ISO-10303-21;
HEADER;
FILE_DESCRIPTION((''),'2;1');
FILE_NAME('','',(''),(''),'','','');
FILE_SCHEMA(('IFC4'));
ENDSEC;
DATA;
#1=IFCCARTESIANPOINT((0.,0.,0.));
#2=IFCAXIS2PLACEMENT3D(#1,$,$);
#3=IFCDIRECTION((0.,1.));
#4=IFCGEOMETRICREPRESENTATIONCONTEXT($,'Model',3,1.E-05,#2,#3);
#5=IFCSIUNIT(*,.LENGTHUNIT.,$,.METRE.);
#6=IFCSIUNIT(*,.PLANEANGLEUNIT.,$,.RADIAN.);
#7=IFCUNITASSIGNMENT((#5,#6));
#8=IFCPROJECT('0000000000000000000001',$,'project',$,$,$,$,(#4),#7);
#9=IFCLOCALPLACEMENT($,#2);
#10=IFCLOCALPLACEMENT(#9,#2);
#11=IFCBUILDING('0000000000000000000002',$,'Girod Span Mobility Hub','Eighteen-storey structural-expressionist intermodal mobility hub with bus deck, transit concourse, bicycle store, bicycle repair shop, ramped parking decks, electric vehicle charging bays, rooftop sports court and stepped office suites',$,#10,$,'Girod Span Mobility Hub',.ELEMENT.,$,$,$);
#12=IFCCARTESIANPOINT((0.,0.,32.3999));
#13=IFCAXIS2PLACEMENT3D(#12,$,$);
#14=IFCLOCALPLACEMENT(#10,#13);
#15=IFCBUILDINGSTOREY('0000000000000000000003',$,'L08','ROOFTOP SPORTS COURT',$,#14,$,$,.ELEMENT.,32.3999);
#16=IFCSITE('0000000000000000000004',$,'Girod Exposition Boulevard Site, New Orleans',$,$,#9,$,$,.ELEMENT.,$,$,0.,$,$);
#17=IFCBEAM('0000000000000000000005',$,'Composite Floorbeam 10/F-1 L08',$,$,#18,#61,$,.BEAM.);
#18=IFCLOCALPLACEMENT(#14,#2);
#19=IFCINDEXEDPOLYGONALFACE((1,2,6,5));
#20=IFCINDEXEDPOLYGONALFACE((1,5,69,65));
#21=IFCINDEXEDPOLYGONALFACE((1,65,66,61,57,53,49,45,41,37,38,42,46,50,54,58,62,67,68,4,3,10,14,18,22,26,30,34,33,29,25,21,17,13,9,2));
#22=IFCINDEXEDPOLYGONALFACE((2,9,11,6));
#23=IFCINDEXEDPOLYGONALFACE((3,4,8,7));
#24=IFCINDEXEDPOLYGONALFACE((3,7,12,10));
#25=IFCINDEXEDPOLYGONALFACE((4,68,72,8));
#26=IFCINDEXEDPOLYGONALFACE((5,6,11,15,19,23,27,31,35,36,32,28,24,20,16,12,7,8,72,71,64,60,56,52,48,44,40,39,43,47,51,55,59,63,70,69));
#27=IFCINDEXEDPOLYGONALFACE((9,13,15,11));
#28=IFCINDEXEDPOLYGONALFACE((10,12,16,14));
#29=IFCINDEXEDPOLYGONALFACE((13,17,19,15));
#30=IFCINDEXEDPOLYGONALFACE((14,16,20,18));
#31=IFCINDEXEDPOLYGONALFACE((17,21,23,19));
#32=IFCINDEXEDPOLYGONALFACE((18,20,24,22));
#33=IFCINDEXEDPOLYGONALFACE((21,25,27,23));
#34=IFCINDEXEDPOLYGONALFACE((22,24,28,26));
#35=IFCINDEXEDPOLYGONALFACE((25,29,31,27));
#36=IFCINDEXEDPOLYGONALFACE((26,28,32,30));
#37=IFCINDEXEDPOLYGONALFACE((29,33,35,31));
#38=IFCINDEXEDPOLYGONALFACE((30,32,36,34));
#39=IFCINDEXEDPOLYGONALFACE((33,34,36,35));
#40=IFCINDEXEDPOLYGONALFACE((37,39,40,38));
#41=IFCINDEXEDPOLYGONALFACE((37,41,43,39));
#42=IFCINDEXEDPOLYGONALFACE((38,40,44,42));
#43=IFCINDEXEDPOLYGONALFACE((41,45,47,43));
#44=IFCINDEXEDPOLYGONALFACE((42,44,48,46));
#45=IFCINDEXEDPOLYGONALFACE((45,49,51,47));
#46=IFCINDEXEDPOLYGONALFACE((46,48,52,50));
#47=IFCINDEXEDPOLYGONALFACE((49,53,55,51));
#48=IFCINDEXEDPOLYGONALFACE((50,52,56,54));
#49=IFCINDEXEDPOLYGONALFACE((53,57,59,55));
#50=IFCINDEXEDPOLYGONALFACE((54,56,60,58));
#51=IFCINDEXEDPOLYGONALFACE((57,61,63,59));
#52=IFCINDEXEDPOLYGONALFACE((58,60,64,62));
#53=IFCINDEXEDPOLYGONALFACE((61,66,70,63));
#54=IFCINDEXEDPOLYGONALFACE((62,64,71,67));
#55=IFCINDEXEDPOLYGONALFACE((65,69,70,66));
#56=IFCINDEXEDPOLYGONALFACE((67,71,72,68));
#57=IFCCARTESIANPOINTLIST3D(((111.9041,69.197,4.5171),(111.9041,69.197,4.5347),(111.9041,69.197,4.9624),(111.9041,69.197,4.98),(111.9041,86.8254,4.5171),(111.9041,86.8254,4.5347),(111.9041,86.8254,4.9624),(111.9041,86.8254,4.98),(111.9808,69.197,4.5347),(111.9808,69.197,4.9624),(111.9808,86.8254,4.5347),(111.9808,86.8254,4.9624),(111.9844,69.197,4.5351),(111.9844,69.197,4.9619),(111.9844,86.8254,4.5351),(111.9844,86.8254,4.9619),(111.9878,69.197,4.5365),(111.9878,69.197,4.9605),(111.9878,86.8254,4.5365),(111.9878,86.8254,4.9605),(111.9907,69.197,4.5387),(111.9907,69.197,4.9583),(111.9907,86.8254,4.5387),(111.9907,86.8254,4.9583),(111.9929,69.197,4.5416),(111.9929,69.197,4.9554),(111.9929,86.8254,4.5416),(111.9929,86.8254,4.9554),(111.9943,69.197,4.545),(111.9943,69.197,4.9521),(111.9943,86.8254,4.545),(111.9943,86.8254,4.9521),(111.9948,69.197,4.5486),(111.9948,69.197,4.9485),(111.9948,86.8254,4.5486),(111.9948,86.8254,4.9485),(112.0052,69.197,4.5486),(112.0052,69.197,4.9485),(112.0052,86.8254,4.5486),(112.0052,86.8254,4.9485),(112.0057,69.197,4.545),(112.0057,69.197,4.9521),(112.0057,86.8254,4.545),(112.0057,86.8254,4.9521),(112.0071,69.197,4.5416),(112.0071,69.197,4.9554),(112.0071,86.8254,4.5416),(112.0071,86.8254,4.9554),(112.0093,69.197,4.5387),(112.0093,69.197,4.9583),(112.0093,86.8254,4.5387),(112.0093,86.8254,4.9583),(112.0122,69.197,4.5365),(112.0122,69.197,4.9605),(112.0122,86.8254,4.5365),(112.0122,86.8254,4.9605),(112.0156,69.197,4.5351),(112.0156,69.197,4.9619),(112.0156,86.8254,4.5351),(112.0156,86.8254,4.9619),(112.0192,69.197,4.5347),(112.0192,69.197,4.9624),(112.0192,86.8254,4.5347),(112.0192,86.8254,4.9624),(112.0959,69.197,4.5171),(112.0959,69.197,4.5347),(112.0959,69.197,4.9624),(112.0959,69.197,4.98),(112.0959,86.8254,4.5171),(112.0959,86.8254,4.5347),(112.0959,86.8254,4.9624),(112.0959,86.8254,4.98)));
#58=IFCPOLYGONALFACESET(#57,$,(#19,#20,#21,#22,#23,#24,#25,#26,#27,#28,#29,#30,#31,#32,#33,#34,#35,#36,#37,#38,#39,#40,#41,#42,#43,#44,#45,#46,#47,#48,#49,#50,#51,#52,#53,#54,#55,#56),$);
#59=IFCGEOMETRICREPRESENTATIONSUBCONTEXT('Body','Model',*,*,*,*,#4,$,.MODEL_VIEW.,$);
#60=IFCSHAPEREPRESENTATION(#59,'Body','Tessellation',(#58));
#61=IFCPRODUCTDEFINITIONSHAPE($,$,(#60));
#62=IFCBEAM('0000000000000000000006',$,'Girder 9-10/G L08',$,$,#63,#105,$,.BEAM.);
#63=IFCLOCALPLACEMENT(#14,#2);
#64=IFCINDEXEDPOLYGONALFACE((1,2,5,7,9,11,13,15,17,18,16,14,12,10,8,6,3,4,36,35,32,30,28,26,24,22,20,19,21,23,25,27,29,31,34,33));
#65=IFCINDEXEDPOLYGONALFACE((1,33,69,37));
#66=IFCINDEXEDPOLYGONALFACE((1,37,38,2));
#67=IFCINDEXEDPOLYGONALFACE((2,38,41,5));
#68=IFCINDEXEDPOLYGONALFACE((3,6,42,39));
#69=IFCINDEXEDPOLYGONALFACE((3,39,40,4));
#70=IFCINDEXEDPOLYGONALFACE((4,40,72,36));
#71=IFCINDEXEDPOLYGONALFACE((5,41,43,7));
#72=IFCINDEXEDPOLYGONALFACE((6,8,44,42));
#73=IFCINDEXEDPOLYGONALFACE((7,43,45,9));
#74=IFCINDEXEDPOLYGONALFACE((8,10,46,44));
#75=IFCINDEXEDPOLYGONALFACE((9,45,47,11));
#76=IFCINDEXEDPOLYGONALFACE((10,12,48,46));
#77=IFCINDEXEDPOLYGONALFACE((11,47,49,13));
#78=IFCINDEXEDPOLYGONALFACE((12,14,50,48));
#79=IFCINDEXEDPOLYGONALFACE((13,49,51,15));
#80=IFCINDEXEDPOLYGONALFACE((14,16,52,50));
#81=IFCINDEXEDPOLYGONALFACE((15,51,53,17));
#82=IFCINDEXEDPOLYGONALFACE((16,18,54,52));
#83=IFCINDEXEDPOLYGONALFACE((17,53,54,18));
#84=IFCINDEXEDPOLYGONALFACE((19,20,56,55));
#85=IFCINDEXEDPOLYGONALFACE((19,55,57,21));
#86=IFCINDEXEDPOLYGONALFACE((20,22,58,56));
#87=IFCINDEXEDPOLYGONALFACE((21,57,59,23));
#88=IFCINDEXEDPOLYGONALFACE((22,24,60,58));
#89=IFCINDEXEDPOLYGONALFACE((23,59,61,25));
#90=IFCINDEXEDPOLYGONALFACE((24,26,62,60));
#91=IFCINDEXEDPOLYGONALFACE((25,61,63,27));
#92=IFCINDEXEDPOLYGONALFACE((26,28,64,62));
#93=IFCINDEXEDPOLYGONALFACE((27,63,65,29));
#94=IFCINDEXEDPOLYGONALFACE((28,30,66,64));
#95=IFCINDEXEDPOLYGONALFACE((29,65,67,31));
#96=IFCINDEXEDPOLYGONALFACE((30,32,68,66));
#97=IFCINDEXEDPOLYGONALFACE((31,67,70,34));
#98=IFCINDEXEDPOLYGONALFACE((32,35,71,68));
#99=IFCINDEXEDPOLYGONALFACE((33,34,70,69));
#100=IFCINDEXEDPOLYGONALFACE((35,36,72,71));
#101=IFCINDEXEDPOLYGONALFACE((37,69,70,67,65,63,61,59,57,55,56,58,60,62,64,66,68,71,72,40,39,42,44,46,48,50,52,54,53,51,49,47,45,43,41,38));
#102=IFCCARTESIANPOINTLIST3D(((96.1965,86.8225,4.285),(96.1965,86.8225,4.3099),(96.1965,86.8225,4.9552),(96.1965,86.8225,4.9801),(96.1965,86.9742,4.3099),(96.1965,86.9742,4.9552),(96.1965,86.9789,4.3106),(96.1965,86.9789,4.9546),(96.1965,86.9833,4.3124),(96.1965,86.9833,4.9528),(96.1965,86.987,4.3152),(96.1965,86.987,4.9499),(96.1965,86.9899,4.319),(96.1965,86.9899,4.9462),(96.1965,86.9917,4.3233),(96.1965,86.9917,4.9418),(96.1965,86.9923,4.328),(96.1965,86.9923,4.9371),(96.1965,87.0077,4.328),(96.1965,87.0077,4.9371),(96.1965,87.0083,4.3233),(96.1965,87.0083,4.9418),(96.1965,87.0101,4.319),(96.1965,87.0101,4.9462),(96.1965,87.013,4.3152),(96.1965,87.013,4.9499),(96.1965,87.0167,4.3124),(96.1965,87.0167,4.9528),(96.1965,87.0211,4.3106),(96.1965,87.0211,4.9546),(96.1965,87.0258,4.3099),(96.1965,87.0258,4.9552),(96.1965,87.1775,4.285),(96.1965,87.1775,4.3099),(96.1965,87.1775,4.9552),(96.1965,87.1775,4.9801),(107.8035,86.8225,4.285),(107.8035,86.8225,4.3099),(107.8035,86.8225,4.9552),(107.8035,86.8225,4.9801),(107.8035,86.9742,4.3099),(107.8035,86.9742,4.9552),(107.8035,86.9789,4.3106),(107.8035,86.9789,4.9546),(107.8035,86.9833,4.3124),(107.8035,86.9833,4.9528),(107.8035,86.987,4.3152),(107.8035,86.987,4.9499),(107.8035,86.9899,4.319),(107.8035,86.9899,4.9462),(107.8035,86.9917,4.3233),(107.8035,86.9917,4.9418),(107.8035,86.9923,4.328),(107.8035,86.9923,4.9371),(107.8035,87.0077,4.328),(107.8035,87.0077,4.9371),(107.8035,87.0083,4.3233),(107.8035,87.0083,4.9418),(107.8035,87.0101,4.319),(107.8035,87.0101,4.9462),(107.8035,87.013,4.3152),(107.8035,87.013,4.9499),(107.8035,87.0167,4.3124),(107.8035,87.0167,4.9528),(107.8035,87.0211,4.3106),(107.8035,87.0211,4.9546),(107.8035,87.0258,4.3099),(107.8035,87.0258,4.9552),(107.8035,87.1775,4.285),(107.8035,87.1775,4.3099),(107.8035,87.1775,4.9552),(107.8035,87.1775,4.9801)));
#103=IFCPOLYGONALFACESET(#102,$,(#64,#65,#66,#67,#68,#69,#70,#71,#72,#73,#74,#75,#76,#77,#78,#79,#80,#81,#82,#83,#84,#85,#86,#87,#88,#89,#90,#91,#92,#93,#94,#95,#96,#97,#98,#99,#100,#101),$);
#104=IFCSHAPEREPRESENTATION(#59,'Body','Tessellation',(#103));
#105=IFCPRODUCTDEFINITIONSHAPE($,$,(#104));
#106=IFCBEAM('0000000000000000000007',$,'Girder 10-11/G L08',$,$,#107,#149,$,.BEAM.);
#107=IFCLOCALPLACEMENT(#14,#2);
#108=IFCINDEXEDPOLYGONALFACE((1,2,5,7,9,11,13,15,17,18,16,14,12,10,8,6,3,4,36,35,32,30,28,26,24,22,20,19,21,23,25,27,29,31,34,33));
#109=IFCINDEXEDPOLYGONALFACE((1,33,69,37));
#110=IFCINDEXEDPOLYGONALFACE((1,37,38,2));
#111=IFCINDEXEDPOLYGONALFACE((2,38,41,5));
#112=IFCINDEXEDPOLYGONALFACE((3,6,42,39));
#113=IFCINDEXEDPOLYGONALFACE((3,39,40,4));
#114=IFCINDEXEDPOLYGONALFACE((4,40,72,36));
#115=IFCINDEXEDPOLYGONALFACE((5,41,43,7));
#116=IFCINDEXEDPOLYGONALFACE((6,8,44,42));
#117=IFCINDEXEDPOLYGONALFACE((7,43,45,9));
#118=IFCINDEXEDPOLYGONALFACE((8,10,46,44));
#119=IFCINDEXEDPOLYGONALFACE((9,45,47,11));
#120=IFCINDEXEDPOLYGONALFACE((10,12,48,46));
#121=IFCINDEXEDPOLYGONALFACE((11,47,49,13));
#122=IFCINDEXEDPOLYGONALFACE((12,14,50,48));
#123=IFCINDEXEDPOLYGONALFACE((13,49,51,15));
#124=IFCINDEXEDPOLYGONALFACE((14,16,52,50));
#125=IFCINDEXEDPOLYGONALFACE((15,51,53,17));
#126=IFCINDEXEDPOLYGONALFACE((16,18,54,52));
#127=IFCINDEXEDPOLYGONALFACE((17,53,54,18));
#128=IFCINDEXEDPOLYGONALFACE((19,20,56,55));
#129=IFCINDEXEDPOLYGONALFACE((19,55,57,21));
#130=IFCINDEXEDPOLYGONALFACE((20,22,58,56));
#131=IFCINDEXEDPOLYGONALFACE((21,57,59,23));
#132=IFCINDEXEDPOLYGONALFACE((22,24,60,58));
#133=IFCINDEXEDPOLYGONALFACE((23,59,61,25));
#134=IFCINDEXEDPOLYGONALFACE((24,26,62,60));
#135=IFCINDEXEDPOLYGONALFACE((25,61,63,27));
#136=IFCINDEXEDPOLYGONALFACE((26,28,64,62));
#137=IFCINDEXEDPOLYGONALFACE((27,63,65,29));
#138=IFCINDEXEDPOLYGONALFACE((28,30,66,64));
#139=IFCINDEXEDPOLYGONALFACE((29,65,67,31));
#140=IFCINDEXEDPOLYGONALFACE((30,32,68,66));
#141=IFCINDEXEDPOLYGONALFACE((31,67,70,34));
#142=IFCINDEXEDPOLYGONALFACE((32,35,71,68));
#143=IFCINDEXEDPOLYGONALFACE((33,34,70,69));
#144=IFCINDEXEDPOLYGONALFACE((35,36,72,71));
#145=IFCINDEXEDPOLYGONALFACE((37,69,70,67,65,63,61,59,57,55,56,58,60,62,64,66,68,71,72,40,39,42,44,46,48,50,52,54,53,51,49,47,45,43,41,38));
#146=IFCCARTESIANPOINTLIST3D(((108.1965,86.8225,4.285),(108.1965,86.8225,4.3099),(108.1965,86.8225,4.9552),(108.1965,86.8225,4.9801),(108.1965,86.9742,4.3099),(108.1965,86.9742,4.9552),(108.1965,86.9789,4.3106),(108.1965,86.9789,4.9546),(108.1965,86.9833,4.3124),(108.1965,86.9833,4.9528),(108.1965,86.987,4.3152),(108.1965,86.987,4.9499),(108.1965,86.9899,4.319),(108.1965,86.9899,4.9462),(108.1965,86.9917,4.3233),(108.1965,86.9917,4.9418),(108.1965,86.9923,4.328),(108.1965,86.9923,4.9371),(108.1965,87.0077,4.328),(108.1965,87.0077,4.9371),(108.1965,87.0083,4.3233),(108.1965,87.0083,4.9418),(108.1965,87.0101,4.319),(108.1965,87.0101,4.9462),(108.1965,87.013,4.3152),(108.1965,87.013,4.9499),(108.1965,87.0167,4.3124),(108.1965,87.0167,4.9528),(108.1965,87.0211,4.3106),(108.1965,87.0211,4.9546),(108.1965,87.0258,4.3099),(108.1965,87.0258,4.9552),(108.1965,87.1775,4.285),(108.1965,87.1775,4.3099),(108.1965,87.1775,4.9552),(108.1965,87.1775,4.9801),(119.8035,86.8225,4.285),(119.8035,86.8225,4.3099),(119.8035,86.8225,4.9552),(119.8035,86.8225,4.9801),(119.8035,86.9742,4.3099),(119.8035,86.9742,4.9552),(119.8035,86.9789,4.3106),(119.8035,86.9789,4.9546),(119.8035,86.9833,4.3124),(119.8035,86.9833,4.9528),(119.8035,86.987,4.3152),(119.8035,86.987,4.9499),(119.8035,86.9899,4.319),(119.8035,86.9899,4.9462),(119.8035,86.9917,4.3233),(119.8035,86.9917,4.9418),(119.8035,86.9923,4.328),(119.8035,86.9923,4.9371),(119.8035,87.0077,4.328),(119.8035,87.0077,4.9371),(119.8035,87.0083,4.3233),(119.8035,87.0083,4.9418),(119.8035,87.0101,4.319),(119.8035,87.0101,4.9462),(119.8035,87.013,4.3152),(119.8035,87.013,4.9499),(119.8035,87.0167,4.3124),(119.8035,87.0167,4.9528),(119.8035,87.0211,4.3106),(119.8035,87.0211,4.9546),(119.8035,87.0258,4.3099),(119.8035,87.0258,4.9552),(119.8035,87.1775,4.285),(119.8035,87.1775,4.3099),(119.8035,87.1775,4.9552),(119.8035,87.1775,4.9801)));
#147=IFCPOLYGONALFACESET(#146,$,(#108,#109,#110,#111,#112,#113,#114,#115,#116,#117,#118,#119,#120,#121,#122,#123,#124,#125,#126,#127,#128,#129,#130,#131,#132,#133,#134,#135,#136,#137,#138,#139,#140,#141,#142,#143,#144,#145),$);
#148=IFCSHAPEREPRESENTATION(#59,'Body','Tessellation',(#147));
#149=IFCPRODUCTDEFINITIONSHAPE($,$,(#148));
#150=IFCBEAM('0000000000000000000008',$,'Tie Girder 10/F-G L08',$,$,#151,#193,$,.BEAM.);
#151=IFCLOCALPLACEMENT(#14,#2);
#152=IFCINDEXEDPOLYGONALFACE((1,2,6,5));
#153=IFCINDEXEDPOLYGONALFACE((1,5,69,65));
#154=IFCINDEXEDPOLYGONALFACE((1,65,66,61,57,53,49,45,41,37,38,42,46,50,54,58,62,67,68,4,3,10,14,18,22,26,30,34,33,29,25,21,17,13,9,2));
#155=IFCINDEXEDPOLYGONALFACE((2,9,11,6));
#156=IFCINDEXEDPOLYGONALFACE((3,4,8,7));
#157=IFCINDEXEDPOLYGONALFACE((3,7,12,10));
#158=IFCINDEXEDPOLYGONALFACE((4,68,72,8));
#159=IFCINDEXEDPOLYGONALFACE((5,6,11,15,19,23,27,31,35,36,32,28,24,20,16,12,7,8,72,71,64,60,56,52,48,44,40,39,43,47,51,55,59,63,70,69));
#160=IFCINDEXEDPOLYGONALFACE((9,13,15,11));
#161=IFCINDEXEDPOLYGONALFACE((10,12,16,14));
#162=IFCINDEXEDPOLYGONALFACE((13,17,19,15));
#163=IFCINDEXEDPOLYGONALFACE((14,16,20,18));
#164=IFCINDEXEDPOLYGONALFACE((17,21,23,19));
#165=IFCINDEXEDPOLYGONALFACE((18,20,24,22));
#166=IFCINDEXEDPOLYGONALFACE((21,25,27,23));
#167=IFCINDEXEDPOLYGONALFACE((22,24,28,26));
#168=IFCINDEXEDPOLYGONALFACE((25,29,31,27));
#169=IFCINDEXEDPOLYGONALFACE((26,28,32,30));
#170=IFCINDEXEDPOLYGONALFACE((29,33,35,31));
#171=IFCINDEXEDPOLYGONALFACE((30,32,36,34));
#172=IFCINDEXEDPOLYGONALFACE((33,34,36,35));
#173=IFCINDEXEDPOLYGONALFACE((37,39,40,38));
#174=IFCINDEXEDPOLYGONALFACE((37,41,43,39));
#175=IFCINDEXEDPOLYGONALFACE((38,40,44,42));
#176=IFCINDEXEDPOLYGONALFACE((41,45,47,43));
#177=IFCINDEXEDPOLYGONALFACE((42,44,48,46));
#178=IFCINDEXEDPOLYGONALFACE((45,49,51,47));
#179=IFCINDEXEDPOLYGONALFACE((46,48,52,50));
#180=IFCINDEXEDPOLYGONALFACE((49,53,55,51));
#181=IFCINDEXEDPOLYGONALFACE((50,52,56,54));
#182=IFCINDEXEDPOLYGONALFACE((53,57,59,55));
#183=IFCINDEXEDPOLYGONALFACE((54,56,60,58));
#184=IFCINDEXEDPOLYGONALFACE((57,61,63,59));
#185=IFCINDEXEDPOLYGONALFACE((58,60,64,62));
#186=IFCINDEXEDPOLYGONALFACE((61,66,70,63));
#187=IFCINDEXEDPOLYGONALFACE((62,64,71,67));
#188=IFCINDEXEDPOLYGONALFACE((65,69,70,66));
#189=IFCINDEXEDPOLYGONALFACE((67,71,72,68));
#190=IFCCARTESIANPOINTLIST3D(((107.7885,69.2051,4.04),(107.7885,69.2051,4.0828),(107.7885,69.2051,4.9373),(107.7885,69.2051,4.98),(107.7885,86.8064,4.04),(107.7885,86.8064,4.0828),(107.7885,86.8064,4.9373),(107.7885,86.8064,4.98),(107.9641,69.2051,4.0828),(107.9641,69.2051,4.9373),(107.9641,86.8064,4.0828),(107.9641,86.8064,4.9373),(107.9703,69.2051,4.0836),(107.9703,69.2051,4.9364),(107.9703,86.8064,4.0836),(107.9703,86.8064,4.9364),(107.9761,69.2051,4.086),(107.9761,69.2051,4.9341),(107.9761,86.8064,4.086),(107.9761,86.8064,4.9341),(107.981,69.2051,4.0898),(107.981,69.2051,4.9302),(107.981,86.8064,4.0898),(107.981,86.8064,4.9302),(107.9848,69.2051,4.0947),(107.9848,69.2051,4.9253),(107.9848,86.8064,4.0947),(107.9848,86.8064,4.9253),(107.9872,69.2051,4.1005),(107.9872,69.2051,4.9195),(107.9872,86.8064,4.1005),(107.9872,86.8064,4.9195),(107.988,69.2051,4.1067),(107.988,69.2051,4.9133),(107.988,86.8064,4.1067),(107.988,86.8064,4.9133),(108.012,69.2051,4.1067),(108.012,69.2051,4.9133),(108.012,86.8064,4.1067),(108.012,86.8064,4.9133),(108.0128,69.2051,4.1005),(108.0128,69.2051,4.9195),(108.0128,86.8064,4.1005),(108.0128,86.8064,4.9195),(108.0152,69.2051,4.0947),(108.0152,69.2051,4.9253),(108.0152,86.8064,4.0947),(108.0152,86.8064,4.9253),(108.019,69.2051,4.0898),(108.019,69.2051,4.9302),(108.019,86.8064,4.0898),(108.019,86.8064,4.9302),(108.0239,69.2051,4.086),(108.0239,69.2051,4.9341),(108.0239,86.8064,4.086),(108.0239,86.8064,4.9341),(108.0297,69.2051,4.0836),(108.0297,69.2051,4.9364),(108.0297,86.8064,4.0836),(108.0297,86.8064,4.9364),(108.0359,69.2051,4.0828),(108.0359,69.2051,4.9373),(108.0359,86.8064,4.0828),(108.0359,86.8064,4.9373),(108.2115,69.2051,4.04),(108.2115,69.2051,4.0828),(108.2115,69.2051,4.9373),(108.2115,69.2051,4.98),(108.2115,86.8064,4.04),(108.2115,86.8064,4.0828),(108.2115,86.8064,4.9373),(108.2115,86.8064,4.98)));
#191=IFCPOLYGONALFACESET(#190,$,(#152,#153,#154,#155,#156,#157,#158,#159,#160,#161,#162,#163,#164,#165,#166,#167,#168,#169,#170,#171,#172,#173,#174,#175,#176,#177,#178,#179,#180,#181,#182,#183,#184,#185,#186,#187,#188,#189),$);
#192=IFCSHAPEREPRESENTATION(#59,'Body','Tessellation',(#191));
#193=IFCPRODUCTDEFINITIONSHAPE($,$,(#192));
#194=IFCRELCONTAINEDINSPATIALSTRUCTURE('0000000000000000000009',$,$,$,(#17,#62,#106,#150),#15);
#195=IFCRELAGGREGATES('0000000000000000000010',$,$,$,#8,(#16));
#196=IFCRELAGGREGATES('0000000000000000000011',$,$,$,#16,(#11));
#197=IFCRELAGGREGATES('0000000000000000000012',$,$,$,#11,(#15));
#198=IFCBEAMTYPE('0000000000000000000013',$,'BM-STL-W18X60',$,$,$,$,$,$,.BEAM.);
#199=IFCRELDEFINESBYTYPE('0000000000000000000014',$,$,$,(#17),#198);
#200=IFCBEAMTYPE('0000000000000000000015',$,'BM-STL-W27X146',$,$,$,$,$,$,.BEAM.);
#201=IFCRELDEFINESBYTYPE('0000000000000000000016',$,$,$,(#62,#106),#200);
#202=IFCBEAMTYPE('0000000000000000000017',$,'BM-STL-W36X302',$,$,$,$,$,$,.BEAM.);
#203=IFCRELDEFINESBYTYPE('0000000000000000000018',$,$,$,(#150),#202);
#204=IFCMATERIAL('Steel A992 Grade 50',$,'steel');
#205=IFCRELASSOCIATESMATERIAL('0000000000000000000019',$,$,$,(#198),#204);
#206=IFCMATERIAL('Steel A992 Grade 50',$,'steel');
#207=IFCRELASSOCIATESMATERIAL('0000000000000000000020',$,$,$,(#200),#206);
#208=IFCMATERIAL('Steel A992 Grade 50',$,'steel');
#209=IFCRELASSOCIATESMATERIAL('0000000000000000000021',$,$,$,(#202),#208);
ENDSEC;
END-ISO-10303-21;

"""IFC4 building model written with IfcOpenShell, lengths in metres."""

from ifc_helpers import new_model, si_unit, direction, frame, origin, origin_2d, place, context, subcontext, project, spatial, i_section, extrude, material, material_profile, profile_set, type_object, element, save


model = new_model("IFC4")

# Units and contexts
model_context = context("Model", 3, precision=1e-05, world=origin(), true_north=direction((0.0, 1.0)))
body_context = subcontext(model_context, "Body", "Model", "MODEL_VIEW")
ifc_project = project(units=[si_unit("LENGTHUNIT", "METRE"), si_unit("PLANEANGLEUNIT", "RADIAN")], contexts=[model_context])

# Site, building, storey
site_placement = place(None, origin())
site = spatial("IfcSite", under=ifc_project, at=site_placement, Name="Girod Exposition Boulevard Site, New Orleans", CompositionType="ELEMENT", RefElevation=0.0)
building_placement = place(site_placement, origin())
building = spatial("IfcBuilding", under=site, at=building_placement, Name="Girod Span Mobility Hub", Description="Eighteen-storey structural-expressionist intermodal mobility hub with bus deck, transit concourse, bicycle store, bicycle repair shop, ramped parking decks, electric vehicle charging bays, rooftop sports court and stepped office suites", LongName="Girod Span Mobility Hub", CompositionType="ELEMENT")
storey_placement = place(building_placement, frame((0.0, 0.0, 32.3999)))
storey = spatial("IfcBuildingStorey", under=building, at=storey_placement, Name="L08", Description="ROOFTOP SPORTS COURT", CompositionType="ELEMENT", Elevation=32.3999)

# Beams
ifc_material_1 = material(Name="Steel A992 Grade 50", Category="steel")
ifc_material_profile_1 = material_profile(ifc_material_1, i_section(OverallWidth=0.1919, OverallDepth=0.4629, WebThickness=0.0105, FlangeThickness=0.0176, FilletRadius=0.0139, at=origin_2d()), Name="W18X60")
ifc_profile_set_1 = profile_set([ifc_material_profile_1], Name="Steel A992 Grade 50")
beam_type_1 = type_object("IfcBeamType", Name="BM-STL-W18X60", PredefinedType="BEAM", material=ifc_profile_set_1)
beam_1_placement = place(storey_placement, frame((112.0, 69.197, 4.7485), z_axis=(0.0, 1.0, 0.0), x_axis=(-1.0, 0.0, 0.0)))
element("IfcBeam", 1, at=beam_1_placement, inside=storey, type_object=beam_type_1, Name="Composite Floorbeam 10/F-1 L08", PredefinedType="BEAM", context=body_context, shape_type="SweptSolid", body=[
    extrude(i_section(OverallWidth=0.1919, OverallDepth=0.4629, WebThickness=0.0105, FlangeThickness=0.0176, FilletRadius=0.0139, at=origin_2d()), origin(), (0.0, 0.0, 1.0), 17.6284),
])
ifc_material_2 = material(Name="Steel A992 Grade 50", Category="steel")
ifc_material_profile_2 = material_profile(ifc_material_2, i_section(OverallWidth=0.355, OverallDepth=0.6951, WebThickness=0.0154, FlangeThickness=0.0249, FilletRadius=0.0181, at=origin_2d()), Name="W27X146")
ifc_profile_set_2 = profile_set([ifc_material_profile_2], Name="Steel A992 Grade 50")
beam_type_2 = type_object("IfcBeamType", Name="BM-STL-W27X146", PredefinedType="BEAM", material=ifc_profile_set_2)
for number, where, z_axis, x_axis, name in (
    (2, (96.1965, 87.0, 4.6326), (1.0, 0.0, 0.0), (0.0, 1.0, 0.0), "Girder 9-10/G L08"),
    (3, (108.1965, 87.0, 4.6326), (1.0, 0.0, 0.0), (0.0, 1.0, 0.0), "Girder 10-11/G L08"),
):
    element("IfcBeam", number, at=place(storey_placement, frame(where, z_axis=z_axis, x_axis=x_axis)), inside=storey, type_object=beam_type_2, Name=name, PredefinedType="BEAM", context=body_context, shape_type="SweptSolid", body=[
        extrude(i_section(OverallWidth=0.355, OverallDepth=0.6951, WebThickness=0.0154, FlangeThickness=0.0249, FilletRadius=0.0181, at=origin_2d()), origin(), (0.0, 0.0, 1.0), 11.6069),
    ])
ifc_material_3 = material(Name="Steel A992 Grade 50", Category="steel")
ifc_material_profile_3 = material_profile(ifc_material_3, i_section(OverallWidth=0.4231, OverallDepth=0.9399, WebThickness=0.0239, FlangeThickness=0.0427, FilletRadius=0.0239, at=origin_2d()), Name="W36X302")
ifc_profile_set_3 = profile_set([ifc_material_profile_3], Name="Steel A992 Grade 50")
beam_type_3 = type_object("IfcBeamType", Name="BM-STL-W36X302", PredefinedType="BEAM", material=ifc_profile_set_3)
beam_2_placement = place(storey_placement, frame((108.0, 69.2051, 4.51), z_axis=(0.0, 1.0, 0.0), x_axis=(-1.0, 0.0, 0.0)))
element("IfcBeam", 4, at=beam_2_placement, inside=storey, type_object=beam_type_3, Name="Tie Girder 10/F-G L08", PredefinedType="BEAM", context=body_context, shape_type="SweptSolid", body=[
    extrude(i_section(OverallWidth=0.4231, OverallDepth=0.9399, WebThickness=0.0239, FlangeThickness=0.0427, FilletRadius=0.0239, at=origin_2d()), origin(), (0.0, 0.0, 1.0), 17.6013),
])

save(model, "model.ifc")
